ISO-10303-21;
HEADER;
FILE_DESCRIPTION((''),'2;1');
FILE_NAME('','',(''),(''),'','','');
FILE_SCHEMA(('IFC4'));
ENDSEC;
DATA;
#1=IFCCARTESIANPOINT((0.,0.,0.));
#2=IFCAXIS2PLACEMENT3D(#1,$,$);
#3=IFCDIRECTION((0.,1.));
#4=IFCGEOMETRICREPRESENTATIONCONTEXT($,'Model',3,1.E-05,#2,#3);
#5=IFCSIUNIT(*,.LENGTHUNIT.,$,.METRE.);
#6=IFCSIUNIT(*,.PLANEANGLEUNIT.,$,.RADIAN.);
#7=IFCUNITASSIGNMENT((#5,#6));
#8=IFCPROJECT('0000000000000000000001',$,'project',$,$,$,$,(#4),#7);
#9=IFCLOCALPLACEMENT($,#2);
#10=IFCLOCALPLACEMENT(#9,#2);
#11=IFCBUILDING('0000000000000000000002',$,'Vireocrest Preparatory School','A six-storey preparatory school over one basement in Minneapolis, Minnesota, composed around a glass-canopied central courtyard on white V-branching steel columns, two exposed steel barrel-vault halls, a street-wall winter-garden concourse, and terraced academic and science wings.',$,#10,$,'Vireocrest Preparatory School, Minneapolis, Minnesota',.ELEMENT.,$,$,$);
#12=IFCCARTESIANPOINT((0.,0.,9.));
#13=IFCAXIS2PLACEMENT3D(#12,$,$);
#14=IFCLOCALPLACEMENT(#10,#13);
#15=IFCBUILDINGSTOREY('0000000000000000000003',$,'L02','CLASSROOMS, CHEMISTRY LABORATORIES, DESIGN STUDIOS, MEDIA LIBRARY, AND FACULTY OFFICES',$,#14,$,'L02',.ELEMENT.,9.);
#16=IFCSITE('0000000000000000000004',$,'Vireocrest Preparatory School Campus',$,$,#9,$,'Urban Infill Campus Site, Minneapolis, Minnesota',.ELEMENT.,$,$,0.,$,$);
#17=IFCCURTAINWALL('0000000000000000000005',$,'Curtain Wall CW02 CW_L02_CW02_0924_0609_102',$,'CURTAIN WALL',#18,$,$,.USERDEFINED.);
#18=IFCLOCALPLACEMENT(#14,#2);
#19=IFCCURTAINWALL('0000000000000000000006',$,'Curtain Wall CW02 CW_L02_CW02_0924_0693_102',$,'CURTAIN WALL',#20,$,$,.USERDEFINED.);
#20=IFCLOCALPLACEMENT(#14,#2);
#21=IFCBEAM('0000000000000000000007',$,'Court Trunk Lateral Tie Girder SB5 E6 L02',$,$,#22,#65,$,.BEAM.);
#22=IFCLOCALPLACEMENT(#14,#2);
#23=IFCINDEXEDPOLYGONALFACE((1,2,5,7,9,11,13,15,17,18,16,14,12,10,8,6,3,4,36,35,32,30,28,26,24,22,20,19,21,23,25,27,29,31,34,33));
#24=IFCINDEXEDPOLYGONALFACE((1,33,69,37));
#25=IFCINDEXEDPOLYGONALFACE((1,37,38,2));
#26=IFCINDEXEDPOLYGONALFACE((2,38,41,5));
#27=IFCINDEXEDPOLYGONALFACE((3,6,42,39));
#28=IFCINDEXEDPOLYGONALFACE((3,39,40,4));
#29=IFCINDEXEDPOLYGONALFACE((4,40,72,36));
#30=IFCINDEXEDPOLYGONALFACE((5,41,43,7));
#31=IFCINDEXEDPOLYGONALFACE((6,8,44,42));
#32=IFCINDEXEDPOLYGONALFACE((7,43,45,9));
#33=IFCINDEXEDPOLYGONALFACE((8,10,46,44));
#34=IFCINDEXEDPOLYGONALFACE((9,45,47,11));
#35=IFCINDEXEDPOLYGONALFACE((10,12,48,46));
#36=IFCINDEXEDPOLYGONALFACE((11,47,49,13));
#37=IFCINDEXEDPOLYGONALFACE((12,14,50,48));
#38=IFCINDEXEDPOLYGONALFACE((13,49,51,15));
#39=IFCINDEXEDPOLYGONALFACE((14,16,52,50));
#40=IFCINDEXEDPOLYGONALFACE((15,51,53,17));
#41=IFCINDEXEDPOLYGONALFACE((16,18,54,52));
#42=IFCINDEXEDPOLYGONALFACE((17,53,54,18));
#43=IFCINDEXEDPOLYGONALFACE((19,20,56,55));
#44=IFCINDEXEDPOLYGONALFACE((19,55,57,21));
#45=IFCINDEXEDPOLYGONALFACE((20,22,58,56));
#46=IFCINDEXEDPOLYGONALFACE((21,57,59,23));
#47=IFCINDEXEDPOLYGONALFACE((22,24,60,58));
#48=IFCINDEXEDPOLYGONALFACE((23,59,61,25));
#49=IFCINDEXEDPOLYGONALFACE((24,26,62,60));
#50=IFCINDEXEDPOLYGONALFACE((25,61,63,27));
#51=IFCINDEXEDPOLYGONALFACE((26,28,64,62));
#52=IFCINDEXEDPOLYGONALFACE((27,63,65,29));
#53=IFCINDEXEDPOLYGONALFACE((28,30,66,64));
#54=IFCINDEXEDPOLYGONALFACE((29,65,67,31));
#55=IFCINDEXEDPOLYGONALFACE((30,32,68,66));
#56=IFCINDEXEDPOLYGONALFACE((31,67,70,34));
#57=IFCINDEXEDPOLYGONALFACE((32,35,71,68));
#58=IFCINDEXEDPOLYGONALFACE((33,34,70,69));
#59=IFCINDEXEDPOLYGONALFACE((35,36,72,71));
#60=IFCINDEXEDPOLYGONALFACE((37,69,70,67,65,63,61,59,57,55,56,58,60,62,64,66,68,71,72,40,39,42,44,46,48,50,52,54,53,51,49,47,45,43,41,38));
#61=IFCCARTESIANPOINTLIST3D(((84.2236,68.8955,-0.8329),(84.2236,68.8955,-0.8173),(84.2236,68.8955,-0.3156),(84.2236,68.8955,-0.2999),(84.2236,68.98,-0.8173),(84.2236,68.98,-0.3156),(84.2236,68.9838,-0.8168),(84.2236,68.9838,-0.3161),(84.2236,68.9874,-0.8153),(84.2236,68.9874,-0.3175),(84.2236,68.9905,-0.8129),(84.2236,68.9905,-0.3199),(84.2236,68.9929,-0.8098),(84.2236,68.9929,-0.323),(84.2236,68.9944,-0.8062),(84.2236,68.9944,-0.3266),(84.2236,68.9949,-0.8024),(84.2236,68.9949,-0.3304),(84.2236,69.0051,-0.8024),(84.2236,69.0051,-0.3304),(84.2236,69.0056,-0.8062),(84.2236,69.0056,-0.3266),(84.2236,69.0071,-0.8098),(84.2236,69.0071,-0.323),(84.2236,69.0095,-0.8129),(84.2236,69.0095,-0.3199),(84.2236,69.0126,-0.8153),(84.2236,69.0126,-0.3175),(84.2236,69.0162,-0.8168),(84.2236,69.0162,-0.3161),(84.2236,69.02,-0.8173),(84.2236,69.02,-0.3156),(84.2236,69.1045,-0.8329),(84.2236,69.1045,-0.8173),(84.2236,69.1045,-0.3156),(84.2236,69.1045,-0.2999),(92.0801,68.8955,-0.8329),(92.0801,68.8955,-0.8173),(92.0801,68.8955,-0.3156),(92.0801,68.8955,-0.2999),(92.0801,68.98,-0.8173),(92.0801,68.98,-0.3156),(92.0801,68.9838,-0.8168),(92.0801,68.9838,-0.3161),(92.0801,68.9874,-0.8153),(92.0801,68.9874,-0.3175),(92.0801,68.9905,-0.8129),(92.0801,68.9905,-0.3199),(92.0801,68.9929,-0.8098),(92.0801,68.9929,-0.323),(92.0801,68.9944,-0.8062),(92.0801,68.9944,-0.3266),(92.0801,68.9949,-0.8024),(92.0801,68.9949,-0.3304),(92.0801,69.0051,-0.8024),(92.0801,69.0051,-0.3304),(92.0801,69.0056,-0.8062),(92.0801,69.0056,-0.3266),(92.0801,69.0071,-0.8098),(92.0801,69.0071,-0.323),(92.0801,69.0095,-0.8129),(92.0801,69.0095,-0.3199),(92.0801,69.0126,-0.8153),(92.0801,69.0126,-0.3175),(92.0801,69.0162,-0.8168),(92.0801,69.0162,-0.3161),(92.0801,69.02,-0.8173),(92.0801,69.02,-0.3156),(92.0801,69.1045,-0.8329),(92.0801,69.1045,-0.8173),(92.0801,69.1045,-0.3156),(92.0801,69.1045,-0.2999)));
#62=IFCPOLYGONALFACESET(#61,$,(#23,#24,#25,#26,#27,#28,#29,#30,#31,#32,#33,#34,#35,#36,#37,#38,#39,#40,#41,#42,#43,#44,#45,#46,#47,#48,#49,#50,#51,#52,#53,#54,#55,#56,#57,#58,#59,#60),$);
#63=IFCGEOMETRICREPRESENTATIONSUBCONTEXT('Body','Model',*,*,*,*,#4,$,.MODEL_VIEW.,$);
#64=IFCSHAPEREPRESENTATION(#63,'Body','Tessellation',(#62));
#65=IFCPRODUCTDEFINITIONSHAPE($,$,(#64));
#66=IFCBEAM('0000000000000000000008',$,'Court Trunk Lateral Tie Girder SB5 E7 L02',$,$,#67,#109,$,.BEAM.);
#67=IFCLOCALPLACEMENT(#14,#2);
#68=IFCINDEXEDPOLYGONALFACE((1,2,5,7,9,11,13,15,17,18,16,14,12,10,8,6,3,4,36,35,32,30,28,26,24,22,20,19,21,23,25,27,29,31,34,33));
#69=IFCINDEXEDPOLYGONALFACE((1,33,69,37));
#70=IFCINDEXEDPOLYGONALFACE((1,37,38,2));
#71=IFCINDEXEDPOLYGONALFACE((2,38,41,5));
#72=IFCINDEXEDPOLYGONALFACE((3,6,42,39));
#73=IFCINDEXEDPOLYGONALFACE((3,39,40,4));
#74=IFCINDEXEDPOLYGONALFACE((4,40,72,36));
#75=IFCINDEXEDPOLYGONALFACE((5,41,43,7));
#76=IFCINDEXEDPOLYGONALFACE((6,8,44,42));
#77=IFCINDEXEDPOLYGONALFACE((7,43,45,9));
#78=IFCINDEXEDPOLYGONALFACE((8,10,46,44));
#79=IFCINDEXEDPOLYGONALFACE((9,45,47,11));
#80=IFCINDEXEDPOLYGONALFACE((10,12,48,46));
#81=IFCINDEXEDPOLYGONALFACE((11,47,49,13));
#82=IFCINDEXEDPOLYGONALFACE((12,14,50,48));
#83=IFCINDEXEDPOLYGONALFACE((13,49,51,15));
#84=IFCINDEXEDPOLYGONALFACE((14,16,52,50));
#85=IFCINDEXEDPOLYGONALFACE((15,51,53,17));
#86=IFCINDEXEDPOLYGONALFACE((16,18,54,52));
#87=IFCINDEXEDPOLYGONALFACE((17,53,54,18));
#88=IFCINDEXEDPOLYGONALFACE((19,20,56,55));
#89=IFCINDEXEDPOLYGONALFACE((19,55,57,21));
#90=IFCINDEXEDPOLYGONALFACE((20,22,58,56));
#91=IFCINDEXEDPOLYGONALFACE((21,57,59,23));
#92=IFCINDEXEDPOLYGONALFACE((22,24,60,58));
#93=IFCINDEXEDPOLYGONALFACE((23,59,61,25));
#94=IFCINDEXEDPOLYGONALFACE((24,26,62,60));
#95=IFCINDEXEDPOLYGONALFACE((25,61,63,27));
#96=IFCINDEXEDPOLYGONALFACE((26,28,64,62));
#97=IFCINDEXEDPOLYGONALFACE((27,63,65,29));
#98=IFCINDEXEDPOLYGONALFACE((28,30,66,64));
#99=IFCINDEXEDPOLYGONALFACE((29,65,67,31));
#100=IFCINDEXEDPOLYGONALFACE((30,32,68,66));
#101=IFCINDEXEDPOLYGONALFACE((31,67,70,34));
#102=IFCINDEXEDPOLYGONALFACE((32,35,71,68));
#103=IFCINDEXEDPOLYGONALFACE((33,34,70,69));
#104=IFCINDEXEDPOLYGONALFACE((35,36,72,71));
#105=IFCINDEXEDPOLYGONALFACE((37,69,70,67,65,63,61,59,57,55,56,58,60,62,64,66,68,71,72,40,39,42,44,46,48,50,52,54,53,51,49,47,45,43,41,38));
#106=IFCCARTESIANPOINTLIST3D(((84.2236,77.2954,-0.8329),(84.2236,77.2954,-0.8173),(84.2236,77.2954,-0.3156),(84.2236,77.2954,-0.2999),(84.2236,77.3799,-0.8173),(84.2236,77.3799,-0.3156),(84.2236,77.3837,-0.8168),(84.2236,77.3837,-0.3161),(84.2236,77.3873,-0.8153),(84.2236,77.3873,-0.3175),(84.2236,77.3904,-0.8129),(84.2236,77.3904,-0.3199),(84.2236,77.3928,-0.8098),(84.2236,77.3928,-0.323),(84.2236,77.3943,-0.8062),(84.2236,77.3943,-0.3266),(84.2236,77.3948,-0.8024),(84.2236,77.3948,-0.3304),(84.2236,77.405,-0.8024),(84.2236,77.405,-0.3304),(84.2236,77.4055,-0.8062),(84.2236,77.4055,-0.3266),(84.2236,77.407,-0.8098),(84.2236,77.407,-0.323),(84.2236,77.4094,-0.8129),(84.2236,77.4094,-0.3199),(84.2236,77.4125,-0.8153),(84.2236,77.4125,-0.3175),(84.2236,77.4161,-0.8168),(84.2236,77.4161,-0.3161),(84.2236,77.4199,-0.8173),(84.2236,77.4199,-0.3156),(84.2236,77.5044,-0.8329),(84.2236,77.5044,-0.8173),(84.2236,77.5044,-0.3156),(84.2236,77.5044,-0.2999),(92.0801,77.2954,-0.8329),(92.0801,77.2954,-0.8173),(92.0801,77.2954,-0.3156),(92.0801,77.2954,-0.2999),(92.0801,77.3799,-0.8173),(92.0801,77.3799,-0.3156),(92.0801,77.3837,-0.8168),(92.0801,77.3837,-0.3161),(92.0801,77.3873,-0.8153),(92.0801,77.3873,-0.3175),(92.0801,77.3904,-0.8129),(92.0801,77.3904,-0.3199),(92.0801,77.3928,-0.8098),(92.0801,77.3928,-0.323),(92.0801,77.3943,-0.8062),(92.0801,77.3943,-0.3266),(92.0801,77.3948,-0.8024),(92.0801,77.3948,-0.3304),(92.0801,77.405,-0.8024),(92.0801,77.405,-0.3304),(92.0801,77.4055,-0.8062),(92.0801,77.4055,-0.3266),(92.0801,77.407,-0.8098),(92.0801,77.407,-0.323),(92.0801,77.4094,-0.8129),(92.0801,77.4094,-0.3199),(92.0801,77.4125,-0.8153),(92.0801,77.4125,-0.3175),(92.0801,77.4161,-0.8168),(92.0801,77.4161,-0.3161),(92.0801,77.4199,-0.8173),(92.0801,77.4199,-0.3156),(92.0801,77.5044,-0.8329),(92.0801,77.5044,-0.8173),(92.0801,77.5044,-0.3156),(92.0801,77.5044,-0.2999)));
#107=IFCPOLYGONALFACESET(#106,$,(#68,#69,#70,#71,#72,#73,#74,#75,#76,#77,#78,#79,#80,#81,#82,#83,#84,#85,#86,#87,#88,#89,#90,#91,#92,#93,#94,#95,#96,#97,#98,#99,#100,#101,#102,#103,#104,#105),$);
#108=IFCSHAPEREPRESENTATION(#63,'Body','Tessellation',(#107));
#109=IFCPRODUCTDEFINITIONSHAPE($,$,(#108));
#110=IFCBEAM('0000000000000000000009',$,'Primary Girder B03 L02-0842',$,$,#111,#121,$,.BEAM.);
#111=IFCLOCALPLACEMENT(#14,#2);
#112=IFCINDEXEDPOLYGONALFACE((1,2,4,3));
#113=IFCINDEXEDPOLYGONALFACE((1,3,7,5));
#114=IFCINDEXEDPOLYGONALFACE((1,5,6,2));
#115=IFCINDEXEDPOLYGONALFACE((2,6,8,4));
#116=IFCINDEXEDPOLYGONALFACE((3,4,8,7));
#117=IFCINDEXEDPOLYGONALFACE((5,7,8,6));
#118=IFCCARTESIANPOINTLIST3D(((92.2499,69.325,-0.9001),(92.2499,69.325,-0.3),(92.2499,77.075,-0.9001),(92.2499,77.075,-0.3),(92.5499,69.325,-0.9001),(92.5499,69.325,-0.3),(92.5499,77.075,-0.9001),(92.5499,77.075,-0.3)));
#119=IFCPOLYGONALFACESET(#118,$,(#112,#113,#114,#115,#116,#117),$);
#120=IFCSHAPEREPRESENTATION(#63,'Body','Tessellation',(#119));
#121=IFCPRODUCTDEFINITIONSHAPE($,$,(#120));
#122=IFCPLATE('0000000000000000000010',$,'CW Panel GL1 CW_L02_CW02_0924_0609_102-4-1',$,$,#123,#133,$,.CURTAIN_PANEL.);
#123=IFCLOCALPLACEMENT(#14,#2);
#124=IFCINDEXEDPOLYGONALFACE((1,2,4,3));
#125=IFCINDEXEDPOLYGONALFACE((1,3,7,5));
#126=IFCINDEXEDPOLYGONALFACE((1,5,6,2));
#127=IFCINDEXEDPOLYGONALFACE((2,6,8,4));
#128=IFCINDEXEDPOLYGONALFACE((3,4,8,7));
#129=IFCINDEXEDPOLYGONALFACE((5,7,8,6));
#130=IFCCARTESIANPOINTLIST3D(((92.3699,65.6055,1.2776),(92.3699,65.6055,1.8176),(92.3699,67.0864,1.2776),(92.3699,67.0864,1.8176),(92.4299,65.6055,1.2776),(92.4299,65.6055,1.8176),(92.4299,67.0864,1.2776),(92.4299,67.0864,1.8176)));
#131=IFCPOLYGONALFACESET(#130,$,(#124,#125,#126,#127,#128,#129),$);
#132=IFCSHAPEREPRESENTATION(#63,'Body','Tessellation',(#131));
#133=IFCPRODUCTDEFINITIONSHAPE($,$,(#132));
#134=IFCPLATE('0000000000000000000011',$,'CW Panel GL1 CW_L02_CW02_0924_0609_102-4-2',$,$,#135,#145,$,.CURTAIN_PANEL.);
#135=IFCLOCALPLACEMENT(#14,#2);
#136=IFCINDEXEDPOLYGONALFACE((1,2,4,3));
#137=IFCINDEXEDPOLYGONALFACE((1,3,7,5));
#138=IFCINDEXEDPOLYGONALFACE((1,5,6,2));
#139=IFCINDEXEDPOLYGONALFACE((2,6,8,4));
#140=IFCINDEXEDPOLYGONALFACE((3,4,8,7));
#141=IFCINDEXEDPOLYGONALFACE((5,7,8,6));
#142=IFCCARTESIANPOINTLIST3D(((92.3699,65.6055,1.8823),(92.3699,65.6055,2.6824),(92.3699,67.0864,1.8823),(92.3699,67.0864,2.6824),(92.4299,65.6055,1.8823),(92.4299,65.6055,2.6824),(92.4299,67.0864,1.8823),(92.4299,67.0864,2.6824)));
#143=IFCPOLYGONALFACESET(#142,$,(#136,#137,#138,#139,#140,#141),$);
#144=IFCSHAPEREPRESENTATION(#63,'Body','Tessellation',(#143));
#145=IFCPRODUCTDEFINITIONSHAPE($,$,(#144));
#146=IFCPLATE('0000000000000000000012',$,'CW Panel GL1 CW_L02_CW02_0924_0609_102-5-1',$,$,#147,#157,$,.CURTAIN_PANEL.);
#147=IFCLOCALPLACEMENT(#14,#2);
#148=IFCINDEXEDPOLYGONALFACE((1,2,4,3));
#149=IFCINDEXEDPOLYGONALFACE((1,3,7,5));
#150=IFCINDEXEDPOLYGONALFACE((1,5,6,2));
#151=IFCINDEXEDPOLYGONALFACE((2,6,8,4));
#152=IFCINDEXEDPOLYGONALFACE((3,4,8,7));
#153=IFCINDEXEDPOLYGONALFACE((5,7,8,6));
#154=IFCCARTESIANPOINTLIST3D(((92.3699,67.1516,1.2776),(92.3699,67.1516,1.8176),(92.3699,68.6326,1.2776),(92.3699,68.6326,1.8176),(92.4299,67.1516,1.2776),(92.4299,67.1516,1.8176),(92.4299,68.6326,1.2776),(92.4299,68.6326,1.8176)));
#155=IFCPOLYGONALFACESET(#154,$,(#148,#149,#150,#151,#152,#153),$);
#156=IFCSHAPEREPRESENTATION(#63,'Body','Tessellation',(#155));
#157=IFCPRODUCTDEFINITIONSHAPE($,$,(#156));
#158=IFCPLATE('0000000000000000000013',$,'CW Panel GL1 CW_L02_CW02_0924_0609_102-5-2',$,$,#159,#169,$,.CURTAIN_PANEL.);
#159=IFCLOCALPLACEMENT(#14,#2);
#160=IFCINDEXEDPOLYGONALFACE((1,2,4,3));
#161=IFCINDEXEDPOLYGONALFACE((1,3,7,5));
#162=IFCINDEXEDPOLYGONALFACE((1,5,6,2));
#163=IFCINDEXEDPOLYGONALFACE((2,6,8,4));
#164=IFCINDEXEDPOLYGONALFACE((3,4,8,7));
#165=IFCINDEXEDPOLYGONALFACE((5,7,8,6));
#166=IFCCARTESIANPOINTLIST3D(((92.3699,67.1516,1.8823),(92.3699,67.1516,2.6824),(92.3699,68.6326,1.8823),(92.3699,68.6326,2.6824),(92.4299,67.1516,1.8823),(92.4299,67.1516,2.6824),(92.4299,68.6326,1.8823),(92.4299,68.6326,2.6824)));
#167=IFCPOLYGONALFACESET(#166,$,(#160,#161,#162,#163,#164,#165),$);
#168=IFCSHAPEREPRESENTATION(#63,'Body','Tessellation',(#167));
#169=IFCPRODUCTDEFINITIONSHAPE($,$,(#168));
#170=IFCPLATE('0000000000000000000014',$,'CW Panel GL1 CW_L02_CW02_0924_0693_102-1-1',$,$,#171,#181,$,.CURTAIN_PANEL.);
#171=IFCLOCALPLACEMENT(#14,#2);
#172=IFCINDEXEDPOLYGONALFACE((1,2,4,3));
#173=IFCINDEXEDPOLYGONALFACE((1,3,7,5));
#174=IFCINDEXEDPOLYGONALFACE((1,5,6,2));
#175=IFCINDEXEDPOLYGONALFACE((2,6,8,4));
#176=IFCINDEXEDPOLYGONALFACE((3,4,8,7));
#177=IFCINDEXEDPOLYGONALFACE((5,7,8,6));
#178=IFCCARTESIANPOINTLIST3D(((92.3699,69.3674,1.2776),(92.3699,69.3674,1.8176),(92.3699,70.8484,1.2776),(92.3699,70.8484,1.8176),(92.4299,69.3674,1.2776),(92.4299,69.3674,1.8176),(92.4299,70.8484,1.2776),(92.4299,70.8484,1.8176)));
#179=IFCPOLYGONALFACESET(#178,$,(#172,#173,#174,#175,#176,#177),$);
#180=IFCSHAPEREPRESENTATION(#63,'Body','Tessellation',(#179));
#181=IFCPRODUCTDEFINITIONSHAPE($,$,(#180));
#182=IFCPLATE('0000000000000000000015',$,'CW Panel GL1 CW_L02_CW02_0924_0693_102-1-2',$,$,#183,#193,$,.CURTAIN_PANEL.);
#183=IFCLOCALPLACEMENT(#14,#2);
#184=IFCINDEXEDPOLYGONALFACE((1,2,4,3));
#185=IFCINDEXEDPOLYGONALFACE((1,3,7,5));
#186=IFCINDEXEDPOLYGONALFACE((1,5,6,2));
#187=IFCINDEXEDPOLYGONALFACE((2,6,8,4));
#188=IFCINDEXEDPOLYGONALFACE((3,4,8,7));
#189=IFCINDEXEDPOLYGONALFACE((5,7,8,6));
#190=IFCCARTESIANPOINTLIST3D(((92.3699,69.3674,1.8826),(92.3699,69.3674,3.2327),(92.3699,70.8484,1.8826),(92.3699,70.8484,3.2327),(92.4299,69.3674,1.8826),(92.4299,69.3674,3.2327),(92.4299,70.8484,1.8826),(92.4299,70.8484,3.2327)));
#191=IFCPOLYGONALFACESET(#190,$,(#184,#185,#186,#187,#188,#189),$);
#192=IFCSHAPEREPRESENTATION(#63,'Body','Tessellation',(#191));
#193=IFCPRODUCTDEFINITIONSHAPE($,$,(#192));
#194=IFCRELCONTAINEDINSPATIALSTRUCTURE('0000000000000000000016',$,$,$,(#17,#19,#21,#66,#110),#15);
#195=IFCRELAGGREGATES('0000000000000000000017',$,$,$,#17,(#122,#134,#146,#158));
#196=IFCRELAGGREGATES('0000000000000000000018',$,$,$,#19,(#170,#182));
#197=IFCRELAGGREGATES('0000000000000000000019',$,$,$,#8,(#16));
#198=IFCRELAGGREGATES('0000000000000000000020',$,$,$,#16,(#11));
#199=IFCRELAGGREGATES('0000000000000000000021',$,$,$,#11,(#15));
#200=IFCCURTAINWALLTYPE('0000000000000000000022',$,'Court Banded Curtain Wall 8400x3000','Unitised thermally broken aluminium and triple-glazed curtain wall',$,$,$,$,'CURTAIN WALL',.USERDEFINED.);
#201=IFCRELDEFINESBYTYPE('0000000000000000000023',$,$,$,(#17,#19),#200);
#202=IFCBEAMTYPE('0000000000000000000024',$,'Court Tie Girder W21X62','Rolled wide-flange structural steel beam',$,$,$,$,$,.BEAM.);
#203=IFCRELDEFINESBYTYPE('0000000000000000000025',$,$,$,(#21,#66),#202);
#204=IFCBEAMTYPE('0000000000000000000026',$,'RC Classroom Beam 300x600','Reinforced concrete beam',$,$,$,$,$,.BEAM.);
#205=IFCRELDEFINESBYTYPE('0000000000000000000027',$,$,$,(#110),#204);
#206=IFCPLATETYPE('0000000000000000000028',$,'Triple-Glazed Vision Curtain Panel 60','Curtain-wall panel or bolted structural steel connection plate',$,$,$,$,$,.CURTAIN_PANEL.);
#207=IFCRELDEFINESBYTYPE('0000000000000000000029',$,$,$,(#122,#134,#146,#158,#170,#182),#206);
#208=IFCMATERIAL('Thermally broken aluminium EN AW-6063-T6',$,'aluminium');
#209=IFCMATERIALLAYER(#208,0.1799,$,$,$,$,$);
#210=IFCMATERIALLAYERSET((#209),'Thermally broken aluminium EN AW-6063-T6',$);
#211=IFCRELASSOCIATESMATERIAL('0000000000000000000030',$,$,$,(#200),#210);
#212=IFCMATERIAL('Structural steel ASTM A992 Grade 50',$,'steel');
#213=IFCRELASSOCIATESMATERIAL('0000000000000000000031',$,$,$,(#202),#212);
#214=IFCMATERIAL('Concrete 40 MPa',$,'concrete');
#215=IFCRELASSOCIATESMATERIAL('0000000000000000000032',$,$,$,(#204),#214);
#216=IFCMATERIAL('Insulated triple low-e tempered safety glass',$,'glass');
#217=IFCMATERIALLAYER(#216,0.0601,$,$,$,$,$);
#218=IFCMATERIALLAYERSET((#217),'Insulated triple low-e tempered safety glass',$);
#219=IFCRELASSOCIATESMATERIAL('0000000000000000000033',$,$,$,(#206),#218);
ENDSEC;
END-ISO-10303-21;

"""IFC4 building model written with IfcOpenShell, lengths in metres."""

from ifc_helpers import new_model, si_unit, direction, frame, origin, origin_2d, place, context, subcontext, project, spatial, rectangle, i_section, extrude, material, layer, layer_set, material_profile, profile_set, type_object, element, aggregate, save


model = new_model("IFC4")

# Units and contexts
model_context = context("Model", 3, precision=1e-05, world=origin(), true_north=direction((0.0, 1.0)))
body_context = subcontext(model_context, "Body", "Model", "MODEL_VIEW")
ifc_project = project(units=[si_unit("LENGTHUNIT", "METRE"), si_unit("PLANEANGLEUNIT", "RADIAN")], contexts=[model_context])

# Site, building, storey
site_placement = place(None, origin())
site = spatial("IfcSite", under=ifc_project, at=site_placement, Name="Vireocrest Preparatory School Campus", LongName="Urban Infill Campus Site, Minneapolis, Minnesota", CompositionType="ELEMENT", RefElevation=0.0)
building_placement = place(site_placement, origin())
building = spatial("IfcBuilding", under=site, at=building_placement, Name="Vireocrest Preparatory School", Description="A six-storey preparatory school over one basement in Minneapolis, Minnesota, composed around a glass-canopied central courtyard on white V-branching steel columns, two exposed steel barrel-vault halls, a street-wall winter-garden concourse, and terraced academic and science wings.", LongName="Vireocrest Preparatory School, Minneapolis, Minnesota", CompositionType="ELEMENT")
storey_placement = place(building_placement, frame((0.0, 0.0, 9.0)))
storey = spatial("IfcBuildingStorey", under=building, at=storey_placement, Name="L02", Description="CLASSROOMS, CHEMISTRY LABORATORIES, DESIGN STUDIOS, MEDIA LIBRARY, AND FACULTY OFFICES", LongName="L02", CompositionType="ELEMENT", Elevation=9.0)

# Curtain walls
ifc_material_1 = material(Name="Thermally broken aluminium EN AW-6063-T6", Category="aluminium")
ifc_layer_1 = layer(ifc_material_1, 0.1799)
ifc_layer_set_1 = layer_set([ifc_layer_1], Name="Thermally broken aluminium EN AW-6063-T6")
curtain_wall_type = type_object("IfcCurtainWallType", Name="Court Banded Curtain Wall 8400x3000", Description="Unitised thermally broken aluminium and triple-glazed curtain wall", ElementType="CURTAIN WALL", PredefinedType="USERDEFINED", material=ifc_layer_set_1)
curtain_wall_1_placement = place(storey_placement, origin())
curtain_wall_1 = element("IfcCurtainWall", 1, at=curtain_wall_1_placement, inside=storey, type_object=curtain_wall_type, Name="Curtain Wall CW02 CW_L02_CW02_0924_0609_102", ObjectType="CURTAIN WALL", PredefinedType="USERDEFINED")
curtain_wall_2_placement = place(storey_placement, origin())
curtain_wall_2 = element("IfcCurtainWall", 2, at=curtain_wall_2_placement, inside=storey, type_object=curtain_wall_type, Name="Curtain Wall CW02 CW_L02_CW02_0924_0693_102", ObjectType="CURTAIN WALL", PredefinedType="USERDEFINED")

# Beams
ifc_material_2 = material(Name="Structural steel ASTM A992 Grade 50", Category="steel")
ifc_material_profile_1 = material_profile(ifc_material_2, i_section(OverallWidth=0.209, OverallDepth=0.533, WebThickness=0.0103, FlangeThickness=0.0156, FilletRadius=0.0149, at=origin_2d()), Name="W21X62")
ifc_profile_set_1 = profile_set([ifc_material_profile_1], Name="Structural steel ASTM A992 Grade 50")
beam_type_1 = type_object("IfcBeamType", Name="Court Tie Girder W21X62", Description="Rolled wide-flange structural steel beam", PredefinedType="BEAM", material=ifc_profile_set_1)
for number, where, z_axis, x_axis, name in (
    (3, (84.2236, 69.0, -0.5664), (1.0, 0.0, 0.0), (0.0, 1.0, 0.0), "Court Trunk Lateral Tie Girder SB5 E6 L02"),
    (4, (84.2236, 77.3999, -0.5664), (1.0, 0.0, 0.0), (0.0, 1.0, 0.0), "Court Trunk Lateral Tie Girder SB5 E7 L02"),
):
    element("IfcBeam", number, at=place(storey_placement, frame(where, z_axis=z_axis, x_axis=x_axis)), inside=storey, type_object=beam_type_1, Name=name, PredefinedType="BEAM", context=body_context, shape_type="SweptSolid", body=[
        extrude(i_section(OverallWidth=0.209, OverallDepth=0.533, WebThickness=0.0103, FlangeThickness=0.0156, FilletRadius=0.0149, at=origin_2d()), origin(), (0.0, 0.0, 1.0), 7.8564),
    ])
ifc_material_3 = material(Name="Concrete 40 MPa", Category="concrete")
ifc_material_profile_2 = material_profile(ifc_material_3, rectangle(XDim=0.3, YDim=0.6001, at=origin_2d()), Name="RC 300x600")
ifc_profile_set_2 = profile_set([ifc_material_profile_2], Name="Concrete 40 MPa")
beam_type_2 = type_object("IfcBeamType", Name="RC Classroom Beam 300x600", Description="Reinforced concrete beam", PredefinedType="BEAM", material=ifc_profile_set_2)
beam_placement = place(storey_placement, frame((92.3999, 69.325, -0.6001), z_axis=(0.0, 1.0, 0.0), x_axis=(-1.0, 0.0, 0.0)))
element("IfcBeam", 5, at=beam_placement, inside=storey, type_object=beam_type_2, Name="Primary Girder B03 L02-0842", PredefinedType="BEAM", context=body_context, shape_type="SweptSolid", body=[
    extrude(rectangle(XDim=0.3, YDim=0.6001, at=origin_2d()), origin(), (0.0, 0.0, 1.0), 7.75),
])

# Plates
ifc_material_4 = material(Name="Insulated triple low-e tempered safety glass", Category="glass")
ifc_layer_2 = layer(ifc_material_4, 0.0601)
ifc_layer_set_2 = layer_set([ifc_layer_2], Name="Insulated triple low-e tempered safety glass")
plate_type = type_object("IfcPlateType", Name="Triple-Glazed Vision Curtain Panel 60", Description="Curtain-wall panel or bolted structural steel connection plate", PredefinedType="CURTAIN_PANEL", material=ifc_layer_set_2)
plate_1_placement = place(storey_placement, frame((92.3999, 66.3459, 1.2776), z_axis=(0.0, 0.0, 1.0), x_axis=(0.0, 1.0, 0.0)))
plate_1 = element("IfcPlate", 6, at=plate_1_placement, type_object=plate_type, Name="CW Panel GL1 CW_L02_CW02_0924_0609_102-4-1", PredefinedType="CURTAIN_PANEL", context=body_context, shape_type="SweptSolid", body=[
    extrude(rectangle(XDim=1.481, YDim=0.0601, at=origin_2d()), origin(), (0.0, 0.0, 1.0), 0.54),
])
plate_2_placement = place(storey_placement, frame((92.3999, 66.3459, 1.8823), z_axis=(0.0, 0.0, 1.0), x_axis=(0.0, 1.0, 0.0)))
plate_2 = element("IfcPlate", 7, at=plate_2_placement, type_object=plate_type, Name="CW Panel GL1 CW_L02_CW02_0924_0609_102-4-2", PredefinedType="CURTAIN_PANEL", context=body_context, shape_type="SweptSolid", body=[
    extrude(rectangle(XDim=1.481, YDim=0.0601, at=origin_2d()), origin(), (0.0, 0.0, 1.0), 0.8),
])
plate_3_placement = place(storey_placement, frame((92.3999, 67.8921, 1.2776), z_axis=(0.0, 0.0, 1.0), x_axis=(0.0, 1.0, 0.0)))
plate_3 = element("IfcPlate", 8, at=plate_3_placement, type_object=plate_type, Name="CW Panel GL1 CW_L02_CW02_0924_0609_102-5-1", PredefinedType="CURTAIN_PANEL", context=body_context, shape_type="SweptSolid", body=[
    extrude(rectangle(XDim=1.481, YDim=0.0601, at=origin_2d()), origin(), (0.0, 0.0, 1.0), 0.54),
])
plate_4_placement = place(storey_placement, frame((92.3999, 67.8921, 1.8823), z_axis=(0.0, 0.0, 1.0), x_axis=(0.0, 1.0, 0.0)))
plate_4 = element("IfcPlate", 9, at=plate_4_placement, type_object=plate_type, Name="CW Panel GL1 CW_L02_CW02_0924_0609_102-5-2", PredefinedType="CURTAIN_PANEL", context=body_context, shape_type="SweptSolid", body=[
    extrude(rectangle(XDim=1.481, YDim=0.0601, at=origin_2d()), origin(), (0.0, 0.0, 1.0), 0.8),
])
aggregate(curtain_wall_1, [plate_1, plate_2, plate_3, plate_4])
plate_5_placement = place(storey_placement, frame((92.3999, 70.1079, 1.2776), z_axis=(0.0, 0.0, 1.0), x_axis=(0.0, 1.0, 0.0)))
plate_5 = element("IfcPlate", 10, at=plate_5_placement, type_object=plate_type, Name="CW Panel GL1 CW_L02_CW02_0924_0693_102-1-1", PredefinedType="CURTAIN_PANEL", context=body_context, shape_type="SweptSolid", body=[
    extrude(rectangle(XDim=1.481, YDim=0.0601, at=origin_2d()), origin(), (0.0, 0.0, 1.0), 0.54),
])
plate_6_placement = place(storey_placement, frame((92.3999, 70.1079, 1.8826), z_axis=(0.0, 0.0, 1.0), x_axis=(0.0, 1.0, 0.0)))
plate_6 = element("IfcPlate", 11, at=plate_6_placement, type_object=plate_type, Name="CW Panel GL1 CW_L02_CW02_0924_0693_102-1-2", PredefinedType="CURTAIN_PANEL", context=body_context, shape_type="SweptSolid", body=[
    extrude(rectangle(XDim=1.481, YDim=0.0601, at=origin_2d()), origin(), (0.0, 0.0, 1.0), 1.3501),
])
aggregate(curtain_wall_2, [plate_5, plate_6])

save(model, "model.ifc")
